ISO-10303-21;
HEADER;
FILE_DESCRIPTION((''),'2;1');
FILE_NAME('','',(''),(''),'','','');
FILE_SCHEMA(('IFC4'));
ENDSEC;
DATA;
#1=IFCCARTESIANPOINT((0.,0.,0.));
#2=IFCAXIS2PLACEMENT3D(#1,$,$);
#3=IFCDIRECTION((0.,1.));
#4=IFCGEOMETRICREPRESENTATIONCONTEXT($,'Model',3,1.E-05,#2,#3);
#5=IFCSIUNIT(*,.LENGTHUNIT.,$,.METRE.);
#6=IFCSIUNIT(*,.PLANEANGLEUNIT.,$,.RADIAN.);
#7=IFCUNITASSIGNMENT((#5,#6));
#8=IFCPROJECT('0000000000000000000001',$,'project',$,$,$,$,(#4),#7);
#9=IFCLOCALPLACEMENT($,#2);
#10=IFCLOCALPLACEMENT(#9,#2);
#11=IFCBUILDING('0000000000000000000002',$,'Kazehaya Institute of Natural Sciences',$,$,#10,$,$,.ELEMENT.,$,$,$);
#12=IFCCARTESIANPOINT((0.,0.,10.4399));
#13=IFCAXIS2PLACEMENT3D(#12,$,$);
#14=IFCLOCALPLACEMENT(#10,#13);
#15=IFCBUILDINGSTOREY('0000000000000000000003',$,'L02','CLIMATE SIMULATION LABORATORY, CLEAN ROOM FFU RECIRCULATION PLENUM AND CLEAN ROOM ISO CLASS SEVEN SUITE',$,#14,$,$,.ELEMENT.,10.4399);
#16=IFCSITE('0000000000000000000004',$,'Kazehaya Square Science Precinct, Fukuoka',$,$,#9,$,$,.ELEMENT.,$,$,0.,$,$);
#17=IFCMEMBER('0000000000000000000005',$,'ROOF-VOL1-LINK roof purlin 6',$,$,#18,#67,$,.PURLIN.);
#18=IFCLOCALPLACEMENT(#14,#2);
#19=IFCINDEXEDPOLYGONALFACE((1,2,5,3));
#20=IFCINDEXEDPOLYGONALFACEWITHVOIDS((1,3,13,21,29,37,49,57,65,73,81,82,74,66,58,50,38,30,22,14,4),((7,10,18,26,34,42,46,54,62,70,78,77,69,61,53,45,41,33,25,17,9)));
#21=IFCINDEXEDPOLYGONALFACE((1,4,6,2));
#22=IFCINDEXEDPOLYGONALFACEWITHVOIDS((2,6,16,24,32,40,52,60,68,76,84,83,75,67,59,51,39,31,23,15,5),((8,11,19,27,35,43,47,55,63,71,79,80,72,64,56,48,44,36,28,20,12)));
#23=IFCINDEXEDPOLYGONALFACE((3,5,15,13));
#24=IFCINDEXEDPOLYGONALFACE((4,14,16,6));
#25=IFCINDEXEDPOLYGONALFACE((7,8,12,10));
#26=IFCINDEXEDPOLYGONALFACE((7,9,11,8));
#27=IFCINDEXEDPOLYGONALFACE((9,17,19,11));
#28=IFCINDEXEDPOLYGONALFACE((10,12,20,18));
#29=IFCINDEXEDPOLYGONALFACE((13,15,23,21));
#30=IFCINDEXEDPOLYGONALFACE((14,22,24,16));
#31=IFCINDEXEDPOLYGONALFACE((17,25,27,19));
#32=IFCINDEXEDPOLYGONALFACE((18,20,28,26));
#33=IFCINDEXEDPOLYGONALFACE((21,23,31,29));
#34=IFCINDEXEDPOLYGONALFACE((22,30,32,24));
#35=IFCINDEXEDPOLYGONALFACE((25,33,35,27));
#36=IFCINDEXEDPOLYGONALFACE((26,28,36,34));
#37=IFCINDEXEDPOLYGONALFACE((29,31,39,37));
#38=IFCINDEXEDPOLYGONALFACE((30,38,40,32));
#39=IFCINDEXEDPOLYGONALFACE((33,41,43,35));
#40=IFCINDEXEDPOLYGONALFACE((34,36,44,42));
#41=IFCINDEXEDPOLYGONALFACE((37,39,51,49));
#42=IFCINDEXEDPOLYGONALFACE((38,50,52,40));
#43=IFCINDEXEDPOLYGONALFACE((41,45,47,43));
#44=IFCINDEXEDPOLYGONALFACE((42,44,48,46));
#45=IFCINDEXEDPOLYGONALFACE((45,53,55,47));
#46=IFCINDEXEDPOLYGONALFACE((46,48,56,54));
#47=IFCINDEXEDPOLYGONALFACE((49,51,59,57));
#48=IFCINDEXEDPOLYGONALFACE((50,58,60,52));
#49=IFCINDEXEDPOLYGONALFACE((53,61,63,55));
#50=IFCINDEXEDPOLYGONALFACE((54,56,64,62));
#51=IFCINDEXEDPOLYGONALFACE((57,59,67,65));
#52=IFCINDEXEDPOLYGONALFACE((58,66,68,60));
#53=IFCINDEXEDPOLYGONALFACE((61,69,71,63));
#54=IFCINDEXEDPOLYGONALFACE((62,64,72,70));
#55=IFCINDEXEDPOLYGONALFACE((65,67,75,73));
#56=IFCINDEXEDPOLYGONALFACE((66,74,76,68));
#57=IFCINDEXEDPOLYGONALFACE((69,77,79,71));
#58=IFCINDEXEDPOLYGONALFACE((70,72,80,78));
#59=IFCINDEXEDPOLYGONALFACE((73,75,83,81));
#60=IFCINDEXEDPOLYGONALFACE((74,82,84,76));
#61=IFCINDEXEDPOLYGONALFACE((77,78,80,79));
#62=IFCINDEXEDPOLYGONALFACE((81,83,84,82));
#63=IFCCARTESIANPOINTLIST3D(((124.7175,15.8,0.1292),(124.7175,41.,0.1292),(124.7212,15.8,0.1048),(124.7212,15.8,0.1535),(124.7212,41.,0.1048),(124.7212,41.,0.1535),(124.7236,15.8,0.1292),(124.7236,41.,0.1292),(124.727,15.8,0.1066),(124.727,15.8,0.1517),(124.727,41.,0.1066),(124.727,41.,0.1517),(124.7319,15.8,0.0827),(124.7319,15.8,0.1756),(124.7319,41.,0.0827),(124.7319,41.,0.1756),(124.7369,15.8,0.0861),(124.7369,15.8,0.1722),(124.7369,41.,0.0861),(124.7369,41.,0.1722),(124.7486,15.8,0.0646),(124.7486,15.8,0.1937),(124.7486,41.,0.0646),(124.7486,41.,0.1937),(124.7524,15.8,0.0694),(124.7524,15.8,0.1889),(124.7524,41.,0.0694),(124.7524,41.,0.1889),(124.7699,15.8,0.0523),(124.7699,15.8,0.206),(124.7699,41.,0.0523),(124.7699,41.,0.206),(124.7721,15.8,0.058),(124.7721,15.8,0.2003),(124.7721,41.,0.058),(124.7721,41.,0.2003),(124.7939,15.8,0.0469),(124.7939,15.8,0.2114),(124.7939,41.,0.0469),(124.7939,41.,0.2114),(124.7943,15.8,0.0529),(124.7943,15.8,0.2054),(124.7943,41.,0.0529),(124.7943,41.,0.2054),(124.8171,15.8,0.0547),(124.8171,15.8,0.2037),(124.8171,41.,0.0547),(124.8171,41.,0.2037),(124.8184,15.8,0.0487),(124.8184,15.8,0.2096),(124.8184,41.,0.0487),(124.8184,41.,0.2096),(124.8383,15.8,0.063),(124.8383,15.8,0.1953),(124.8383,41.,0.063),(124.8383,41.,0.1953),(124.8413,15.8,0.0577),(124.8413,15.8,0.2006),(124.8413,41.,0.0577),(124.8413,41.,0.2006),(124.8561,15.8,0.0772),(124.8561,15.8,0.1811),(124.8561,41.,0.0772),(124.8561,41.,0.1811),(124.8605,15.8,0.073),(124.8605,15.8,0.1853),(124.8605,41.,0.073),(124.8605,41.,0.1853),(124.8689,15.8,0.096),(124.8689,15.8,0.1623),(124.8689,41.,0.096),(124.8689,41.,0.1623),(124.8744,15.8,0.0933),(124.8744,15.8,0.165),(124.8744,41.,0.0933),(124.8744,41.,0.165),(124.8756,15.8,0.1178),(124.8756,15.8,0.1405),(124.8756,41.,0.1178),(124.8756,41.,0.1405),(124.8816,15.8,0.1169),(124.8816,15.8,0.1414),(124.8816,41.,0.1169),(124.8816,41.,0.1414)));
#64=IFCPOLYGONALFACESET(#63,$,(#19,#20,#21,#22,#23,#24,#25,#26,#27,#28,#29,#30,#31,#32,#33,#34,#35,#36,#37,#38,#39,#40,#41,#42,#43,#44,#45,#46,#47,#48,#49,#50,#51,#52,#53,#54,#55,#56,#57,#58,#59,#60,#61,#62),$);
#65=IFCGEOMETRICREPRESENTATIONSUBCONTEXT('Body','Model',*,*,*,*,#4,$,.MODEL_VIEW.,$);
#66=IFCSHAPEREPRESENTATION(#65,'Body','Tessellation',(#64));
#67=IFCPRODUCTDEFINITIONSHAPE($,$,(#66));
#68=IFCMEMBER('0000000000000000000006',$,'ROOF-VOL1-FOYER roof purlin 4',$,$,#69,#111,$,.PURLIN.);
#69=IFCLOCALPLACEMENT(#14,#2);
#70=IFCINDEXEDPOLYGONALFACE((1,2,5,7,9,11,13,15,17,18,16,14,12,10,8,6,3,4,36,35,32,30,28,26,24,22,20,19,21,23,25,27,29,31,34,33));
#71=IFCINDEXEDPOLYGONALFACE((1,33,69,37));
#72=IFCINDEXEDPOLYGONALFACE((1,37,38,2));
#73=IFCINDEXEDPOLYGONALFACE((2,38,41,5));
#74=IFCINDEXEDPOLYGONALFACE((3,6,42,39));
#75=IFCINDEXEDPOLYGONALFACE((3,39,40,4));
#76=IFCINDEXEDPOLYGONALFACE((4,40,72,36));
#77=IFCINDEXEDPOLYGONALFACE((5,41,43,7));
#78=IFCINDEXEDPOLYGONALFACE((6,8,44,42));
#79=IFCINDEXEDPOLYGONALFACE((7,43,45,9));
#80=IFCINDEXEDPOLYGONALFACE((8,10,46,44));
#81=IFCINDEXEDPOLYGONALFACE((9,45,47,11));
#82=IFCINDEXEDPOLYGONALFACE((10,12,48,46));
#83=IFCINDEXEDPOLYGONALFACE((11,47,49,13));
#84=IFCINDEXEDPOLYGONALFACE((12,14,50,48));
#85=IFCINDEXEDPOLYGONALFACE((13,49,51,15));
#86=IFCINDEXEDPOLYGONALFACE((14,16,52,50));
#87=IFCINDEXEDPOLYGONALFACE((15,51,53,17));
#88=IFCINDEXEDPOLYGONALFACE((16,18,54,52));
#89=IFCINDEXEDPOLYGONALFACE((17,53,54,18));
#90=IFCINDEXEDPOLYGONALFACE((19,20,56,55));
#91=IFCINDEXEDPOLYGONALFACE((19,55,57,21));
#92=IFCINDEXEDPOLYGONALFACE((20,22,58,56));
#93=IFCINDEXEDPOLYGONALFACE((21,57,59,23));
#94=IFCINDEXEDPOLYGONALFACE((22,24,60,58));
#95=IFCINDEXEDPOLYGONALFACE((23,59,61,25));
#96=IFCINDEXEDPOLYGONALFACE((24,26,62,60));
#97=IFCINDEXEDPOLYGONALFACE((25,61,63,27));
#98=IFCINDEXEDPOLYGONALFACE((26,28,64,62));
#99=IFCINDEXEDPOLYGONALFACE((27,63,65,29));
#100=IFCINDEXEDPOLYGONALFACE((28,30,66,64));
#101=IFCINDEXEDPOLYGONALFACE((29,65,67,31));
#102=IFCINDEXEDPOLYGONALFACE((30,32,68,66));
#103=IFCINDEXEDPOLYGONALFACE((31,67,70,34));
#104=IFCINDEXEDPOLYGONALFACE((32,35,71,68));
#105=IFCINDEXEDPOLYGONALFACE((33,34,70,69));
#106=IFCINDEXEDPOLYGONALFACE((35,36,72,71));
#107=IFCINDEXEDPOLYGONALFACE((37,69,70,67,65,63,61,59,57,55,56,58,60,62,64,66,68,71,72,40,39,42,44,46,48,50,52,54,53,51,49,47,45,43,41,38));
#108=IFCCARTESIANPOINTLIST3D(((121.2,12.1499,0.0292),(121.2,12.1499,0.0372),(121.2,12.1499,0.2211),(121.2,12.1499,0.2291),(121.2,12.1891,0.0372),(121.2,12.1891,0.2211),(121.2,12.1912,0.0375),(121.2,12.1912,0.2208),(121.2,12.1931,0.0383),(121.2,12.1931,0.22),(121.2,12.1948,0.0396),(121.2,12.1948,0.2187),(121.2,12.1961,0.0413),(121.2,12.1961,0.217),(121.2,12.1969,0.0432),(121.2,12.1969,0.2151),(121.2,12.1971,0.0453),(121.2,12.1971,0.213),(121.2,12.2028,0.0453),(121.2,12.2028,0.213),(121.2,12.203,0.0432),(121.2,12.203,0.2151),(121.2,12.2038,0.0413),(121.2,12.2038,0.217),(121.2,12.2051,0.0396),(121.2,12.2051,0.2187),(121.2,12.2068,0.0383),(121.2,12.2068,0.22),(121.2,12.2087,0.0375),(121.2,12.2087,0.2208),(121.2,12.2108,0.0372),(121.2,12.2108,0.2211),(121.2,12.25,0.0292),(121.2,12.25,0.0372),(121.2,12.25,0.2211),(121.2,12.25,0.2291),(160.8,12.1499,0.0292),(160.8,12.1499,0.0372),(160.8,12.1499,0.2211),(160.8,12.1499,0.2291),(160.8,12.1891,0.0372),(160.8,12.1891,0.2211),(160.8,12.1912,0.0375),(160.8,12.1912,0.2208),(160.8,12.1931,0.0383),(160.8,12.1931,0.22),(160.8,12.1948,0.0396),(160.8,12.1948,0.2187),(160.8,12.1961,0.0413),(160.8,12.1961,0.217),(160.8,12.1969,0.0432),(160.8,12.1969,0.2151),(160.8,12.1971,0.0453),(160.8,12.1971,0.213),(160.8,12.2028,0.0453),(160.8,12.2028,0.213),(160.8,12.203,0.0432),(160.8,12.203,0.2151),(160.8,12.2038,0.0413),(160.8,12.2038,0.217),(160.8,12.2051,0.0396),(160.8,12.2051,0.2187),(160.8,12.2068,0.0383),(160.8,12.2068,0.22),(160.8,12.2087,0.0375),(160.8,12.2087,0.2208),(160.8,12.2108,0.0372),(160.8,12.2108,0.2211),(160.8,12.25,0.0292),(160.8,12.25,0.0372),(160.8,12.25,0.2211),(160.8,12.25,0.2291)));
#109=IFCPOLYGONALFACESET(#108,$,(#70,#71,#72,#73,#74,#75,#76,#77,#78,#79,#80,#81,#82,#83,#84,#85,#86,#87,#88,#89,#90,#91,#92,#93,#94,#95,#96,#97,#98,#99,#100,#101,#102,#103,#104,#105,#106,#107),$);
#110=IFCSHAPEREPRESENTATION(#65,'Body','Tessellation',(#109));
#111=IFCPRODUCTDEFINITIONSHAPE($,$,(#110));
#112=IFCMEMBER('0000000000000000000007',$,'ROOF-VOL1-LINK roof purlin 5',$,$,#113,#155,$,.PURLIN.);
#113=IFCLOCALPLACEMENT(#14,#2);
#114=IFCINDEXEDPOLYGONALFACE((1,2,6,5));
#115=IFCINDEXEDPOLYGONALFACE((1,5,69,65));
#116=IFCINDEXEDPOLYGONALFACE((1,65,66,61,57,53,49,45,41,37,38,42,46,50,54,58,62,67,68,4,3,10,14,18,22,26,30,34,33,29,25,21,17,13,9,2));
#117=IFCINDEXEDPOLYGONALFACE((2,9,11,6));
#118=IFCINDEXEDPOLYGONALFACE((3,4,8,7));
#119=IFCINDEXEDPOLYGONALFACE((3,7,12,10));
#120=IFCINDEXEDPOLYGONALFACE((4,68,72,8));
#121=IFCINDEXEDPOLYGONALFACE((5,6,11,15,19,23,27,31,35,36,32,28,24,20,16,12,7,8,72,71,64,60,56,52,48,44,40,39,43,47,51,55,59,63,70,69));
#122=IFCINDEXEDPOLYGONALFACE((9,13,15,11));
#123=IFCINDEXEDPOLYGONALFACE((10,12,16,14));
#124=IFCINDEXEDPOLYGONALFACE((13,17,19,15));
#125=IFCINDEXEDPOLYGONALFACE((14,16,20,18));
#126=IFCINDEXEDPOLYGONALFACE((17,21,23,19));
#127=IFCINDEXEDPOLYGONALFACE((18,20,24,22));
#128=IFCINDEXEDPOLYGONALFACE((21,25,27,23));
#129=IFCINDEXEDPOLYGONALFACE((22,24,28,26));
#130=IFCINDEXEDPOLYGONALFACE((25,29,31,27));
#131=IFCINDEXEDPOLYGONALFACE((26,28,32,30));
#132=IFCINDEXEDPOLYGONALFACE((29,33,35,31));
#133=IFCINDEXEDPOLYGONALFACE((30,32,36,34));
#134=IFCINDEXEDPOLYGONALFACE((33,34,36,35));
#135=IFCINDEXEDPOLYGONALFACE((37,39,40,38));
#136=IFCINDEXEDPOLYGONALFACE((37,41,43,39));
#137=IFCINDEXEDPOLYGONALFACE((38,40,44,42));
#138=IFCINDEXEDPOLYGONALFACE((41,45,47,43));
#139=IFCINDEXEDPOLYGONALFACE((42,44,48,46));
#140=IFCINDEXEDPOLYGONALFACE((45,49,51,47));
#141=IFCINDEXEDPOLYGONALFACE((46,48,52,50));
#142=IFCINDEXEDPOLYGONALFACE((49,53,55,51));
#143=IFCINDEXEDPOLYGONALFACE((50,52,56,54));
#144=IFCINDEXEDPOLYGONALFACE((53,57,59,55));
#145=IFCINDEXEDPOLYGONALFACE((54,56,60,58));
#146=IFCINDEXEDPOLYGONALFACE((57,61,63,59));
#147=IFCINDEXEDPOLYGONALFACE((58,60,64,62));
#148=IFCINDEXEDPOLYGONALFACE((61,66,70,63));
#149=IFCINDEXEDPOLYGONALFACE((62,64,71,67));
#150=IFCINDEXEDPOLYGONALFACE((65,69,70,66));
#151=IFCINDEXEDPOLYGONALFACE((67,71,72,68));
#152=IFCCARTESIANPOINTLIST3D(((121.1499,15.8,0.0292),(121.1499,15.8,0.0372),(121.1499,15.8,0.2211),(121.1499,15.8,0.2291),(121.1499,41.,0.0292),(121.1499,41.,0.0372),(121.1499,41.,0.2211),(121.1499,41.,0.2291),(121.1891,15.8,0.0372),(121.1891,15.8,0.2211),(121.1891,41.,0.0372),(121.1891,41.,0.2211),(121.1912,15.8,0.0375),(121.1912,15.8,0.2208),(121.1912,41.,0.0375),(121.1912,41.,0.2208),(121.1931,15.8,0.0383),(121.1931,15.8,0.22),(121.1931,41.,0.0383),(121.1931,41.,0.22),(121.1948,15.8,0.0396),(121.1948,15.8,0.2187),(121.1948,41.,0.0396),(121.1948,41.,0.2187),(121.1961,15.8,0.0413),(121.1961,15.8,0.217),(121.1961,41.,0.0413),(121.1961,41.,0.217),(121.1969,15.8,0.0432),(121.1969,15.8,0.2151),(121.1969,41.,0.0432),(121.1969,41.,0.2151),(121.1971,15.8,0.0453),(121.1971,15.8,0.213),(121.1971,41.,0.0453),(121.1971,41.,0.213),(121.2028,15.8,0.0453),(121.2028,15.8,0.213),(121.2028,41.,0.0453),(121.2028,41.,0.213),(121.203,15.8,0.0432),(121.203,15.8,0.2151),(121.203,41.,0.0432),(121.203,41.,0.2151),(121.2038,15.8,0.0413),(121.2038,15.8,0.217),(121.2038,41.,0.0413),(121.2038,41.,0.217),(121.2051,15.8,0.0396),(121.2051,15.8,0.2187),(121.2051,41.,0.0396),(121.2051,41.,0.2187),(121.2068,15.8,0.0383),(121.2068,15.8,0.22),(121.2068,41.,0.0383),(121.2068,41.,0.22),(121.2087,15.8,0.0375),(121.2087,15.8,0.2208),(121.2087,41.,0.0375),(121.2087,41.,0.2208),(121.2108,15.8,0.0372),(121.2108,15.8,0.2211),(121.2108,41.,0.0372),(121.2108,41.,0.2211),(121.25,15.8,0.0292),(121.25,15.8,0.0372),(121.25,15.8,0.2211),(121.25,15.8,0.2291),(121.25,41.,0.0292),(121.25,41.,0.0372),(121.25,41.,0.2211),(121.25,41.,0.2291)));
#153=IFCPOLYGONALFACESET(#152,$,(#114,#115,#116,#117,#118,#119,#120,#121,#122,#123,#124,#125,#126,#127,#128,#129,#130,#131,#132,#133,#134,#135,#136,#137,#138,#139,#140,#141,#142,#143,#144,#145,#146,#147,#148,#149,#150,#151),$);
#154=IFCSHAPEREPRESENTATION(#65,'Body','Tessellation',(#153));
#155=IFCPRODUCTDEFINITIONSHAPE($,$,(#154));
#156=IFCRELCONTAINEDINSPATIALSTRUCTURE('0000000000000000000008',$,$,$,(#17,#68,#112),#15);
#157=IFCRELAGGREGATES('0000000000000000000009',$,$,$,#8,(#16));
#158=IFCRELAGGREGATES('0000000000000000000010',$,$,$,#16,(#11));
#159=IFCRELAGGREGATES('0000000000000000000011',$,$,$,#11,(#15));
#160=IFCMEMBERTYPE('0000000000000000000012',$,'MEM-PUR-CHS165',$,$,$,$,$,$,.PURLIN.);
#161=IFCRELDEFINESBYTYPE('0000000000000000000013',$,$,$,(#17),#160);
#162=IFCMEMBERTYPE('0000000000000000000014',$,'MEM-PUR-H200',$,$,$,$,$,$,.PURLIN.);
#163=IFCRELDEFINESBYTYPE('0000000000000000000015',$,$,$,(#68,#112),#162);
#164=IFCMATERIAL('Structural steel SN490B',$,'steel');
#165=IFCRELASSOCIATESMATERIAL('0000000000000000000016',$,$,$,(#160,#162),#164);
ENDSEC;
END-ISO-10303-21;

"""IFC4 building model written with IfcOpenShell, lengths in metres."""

from ifc_helpers import new_model, si_unit, direction, frame, origin, origin_2d, place, context, subcontext, project, spatial, hollow_circle, i_section, extrude, material, material_profile, profile_set, type_object, element, save


model = new_model("IFC4")

# Units and contexts
model_context = context("Model", 3, precision=1e-05, world=origin(), true_north=direction((0.0, 1.0)))
body_context = subcontext(model_context, "Body", "Model", "MODEL_VIEW")
ifc_project = project(units=[si_unit("LENGTHUNIT", "METRE"), si_unit("PLANEANGLEUNIT", "RADIAN")], contexts=[model_context])

# Site, building, storey
site_placement = place(None, origin())
site = spatial("IfcSite", under=ifc_project, at=site_placement, Name="Kazehaya Square Science Precinct, Fukuoka", CompositionType="ELEMENT", RefElevation=0.0)
building_placement = place(site_placement, origin())
building = spatial("IfcBuilding", under=site, at=building_placement, Name="Kazehaya Institute of Natural Sciences", CompositionType="ELEMENT")
storey_placement = place(building_placement, frame((0.0, 0.0, 10.4399)))
storey = spatial("IfcBuildingStorey", under=building, at=storey_placement, Name="L02", Description="CLIMATE SIMULATION LABORATORY, CLEAN ROOM FFU RECIRCULATION PLENUM AND CLEAN ROOM ISO CLASS SEVEN SUITE", CompositionType="ELEMENT", Elevation=10.4399)

# Shared definitions
ifc_material_1 = material(Name="Structural steel SN490B", Category="steel")

# Members
ifc_material_profile_1 = material_profile(ifc_material_1, hollow_circle(Radius=0.0825, WallThickness=0.0061, at=origin_2d()), Name="CHS-165.2x6.0")
ifc_profile_set_1 = profile_set([ifc_material_profile_1], Name="Structural steel SN490B")
member_type_1 = type_object("IfcMemberType", Name="MEM-PUR-CHS165", PredefinedType="PURLIN", material=ifc_profile_set_1)
member_1_placement = place(storey_placement, frame((124.8, 15.8, 0.1292), z_axis=(0.0, 1.0, 0.0), x_axis=(-1.0, 0.0, 0.0)))
element("IfcMember", 1, at=member_1_placement, inside=storey, type_object=member_type_1, Name="ROOF-VOL1-LINK roof purlin 6", PredefinedType="PURLIN", context=body_context, shape_type="SweptSolid", body=[
    extrude(hollow_circle(Radius=0.0825, WallThickness=0.0061, at=origin_2d()), origin(), (0.0, 0.0, 1.0), 25.2),
])
ifc_material_profile_2 = material_profile(ifc_material_1, i_section(OverallWidth=0.1001, OverallDepth=0.2, WebThickness=0.0056, FlangeThickness=0.0081, FilletRadius=0.0081, at=origin_2d()), Name="H-200x100x5.5x8")
ifc_profile_set_2 = profile_set([ifc_material_profile_2], Name="Structural steel SN490B")
member_type_2 = type_object("IfcMemberType", Name="MEM-PUR-H200", PredefinedType="PURLIN", material=ifc_profile_set_2)
member_2_placement = place(storey_placement, frame((121.2, 12.2, 0.1292), z_axis=(1.0, 0.0, 0.0), x_axis=(0.0, 1.0, 0.0)))
element("IfcMember", 2, at=member_2_placement, inside=storey, type_object=member_type_2, Name="ROOF-VOL1-FOYER roof purlin 4", PredefinedType="PURLIN", context=body_context, shape_type="SweptSolid", body=[
    extrude(i_section(OverallWidth=0.1001, OverallDepth=0.2, WebThickness=0.0056, FlangeThickness=0.0081, FilletRadius=0.0081, at=origin_2d()), origin(), (0.0, 0.0, 1.0), 39.6001),
])
member_3_placement = place(storey_placement, frame((121.2, 15.8, 0.1292), z_axis=(0.0, 1.0, 0.0), x_axis=(-1.0, 0.0, 0.0)))
element("IfcMember", 3, at=member_3_placement, inside=storey, type_object=member_type_2, Name="ROOF-VOL1-LINK roof purlin 5", PredefinedType="PURLIN", context=body_context, shape_type="SweptSolid", body=[
    extrude(i_section(OverallWidth=0.1001, OverallDepth=0.2, WebThickness=0.0056, FlangeThickness=0.0081, FilletRadius=0.0081, at=origin_2d()), origin(), (0.0, 0.0, 1.0), 25.2),
])

save(model, "model.ifc")
